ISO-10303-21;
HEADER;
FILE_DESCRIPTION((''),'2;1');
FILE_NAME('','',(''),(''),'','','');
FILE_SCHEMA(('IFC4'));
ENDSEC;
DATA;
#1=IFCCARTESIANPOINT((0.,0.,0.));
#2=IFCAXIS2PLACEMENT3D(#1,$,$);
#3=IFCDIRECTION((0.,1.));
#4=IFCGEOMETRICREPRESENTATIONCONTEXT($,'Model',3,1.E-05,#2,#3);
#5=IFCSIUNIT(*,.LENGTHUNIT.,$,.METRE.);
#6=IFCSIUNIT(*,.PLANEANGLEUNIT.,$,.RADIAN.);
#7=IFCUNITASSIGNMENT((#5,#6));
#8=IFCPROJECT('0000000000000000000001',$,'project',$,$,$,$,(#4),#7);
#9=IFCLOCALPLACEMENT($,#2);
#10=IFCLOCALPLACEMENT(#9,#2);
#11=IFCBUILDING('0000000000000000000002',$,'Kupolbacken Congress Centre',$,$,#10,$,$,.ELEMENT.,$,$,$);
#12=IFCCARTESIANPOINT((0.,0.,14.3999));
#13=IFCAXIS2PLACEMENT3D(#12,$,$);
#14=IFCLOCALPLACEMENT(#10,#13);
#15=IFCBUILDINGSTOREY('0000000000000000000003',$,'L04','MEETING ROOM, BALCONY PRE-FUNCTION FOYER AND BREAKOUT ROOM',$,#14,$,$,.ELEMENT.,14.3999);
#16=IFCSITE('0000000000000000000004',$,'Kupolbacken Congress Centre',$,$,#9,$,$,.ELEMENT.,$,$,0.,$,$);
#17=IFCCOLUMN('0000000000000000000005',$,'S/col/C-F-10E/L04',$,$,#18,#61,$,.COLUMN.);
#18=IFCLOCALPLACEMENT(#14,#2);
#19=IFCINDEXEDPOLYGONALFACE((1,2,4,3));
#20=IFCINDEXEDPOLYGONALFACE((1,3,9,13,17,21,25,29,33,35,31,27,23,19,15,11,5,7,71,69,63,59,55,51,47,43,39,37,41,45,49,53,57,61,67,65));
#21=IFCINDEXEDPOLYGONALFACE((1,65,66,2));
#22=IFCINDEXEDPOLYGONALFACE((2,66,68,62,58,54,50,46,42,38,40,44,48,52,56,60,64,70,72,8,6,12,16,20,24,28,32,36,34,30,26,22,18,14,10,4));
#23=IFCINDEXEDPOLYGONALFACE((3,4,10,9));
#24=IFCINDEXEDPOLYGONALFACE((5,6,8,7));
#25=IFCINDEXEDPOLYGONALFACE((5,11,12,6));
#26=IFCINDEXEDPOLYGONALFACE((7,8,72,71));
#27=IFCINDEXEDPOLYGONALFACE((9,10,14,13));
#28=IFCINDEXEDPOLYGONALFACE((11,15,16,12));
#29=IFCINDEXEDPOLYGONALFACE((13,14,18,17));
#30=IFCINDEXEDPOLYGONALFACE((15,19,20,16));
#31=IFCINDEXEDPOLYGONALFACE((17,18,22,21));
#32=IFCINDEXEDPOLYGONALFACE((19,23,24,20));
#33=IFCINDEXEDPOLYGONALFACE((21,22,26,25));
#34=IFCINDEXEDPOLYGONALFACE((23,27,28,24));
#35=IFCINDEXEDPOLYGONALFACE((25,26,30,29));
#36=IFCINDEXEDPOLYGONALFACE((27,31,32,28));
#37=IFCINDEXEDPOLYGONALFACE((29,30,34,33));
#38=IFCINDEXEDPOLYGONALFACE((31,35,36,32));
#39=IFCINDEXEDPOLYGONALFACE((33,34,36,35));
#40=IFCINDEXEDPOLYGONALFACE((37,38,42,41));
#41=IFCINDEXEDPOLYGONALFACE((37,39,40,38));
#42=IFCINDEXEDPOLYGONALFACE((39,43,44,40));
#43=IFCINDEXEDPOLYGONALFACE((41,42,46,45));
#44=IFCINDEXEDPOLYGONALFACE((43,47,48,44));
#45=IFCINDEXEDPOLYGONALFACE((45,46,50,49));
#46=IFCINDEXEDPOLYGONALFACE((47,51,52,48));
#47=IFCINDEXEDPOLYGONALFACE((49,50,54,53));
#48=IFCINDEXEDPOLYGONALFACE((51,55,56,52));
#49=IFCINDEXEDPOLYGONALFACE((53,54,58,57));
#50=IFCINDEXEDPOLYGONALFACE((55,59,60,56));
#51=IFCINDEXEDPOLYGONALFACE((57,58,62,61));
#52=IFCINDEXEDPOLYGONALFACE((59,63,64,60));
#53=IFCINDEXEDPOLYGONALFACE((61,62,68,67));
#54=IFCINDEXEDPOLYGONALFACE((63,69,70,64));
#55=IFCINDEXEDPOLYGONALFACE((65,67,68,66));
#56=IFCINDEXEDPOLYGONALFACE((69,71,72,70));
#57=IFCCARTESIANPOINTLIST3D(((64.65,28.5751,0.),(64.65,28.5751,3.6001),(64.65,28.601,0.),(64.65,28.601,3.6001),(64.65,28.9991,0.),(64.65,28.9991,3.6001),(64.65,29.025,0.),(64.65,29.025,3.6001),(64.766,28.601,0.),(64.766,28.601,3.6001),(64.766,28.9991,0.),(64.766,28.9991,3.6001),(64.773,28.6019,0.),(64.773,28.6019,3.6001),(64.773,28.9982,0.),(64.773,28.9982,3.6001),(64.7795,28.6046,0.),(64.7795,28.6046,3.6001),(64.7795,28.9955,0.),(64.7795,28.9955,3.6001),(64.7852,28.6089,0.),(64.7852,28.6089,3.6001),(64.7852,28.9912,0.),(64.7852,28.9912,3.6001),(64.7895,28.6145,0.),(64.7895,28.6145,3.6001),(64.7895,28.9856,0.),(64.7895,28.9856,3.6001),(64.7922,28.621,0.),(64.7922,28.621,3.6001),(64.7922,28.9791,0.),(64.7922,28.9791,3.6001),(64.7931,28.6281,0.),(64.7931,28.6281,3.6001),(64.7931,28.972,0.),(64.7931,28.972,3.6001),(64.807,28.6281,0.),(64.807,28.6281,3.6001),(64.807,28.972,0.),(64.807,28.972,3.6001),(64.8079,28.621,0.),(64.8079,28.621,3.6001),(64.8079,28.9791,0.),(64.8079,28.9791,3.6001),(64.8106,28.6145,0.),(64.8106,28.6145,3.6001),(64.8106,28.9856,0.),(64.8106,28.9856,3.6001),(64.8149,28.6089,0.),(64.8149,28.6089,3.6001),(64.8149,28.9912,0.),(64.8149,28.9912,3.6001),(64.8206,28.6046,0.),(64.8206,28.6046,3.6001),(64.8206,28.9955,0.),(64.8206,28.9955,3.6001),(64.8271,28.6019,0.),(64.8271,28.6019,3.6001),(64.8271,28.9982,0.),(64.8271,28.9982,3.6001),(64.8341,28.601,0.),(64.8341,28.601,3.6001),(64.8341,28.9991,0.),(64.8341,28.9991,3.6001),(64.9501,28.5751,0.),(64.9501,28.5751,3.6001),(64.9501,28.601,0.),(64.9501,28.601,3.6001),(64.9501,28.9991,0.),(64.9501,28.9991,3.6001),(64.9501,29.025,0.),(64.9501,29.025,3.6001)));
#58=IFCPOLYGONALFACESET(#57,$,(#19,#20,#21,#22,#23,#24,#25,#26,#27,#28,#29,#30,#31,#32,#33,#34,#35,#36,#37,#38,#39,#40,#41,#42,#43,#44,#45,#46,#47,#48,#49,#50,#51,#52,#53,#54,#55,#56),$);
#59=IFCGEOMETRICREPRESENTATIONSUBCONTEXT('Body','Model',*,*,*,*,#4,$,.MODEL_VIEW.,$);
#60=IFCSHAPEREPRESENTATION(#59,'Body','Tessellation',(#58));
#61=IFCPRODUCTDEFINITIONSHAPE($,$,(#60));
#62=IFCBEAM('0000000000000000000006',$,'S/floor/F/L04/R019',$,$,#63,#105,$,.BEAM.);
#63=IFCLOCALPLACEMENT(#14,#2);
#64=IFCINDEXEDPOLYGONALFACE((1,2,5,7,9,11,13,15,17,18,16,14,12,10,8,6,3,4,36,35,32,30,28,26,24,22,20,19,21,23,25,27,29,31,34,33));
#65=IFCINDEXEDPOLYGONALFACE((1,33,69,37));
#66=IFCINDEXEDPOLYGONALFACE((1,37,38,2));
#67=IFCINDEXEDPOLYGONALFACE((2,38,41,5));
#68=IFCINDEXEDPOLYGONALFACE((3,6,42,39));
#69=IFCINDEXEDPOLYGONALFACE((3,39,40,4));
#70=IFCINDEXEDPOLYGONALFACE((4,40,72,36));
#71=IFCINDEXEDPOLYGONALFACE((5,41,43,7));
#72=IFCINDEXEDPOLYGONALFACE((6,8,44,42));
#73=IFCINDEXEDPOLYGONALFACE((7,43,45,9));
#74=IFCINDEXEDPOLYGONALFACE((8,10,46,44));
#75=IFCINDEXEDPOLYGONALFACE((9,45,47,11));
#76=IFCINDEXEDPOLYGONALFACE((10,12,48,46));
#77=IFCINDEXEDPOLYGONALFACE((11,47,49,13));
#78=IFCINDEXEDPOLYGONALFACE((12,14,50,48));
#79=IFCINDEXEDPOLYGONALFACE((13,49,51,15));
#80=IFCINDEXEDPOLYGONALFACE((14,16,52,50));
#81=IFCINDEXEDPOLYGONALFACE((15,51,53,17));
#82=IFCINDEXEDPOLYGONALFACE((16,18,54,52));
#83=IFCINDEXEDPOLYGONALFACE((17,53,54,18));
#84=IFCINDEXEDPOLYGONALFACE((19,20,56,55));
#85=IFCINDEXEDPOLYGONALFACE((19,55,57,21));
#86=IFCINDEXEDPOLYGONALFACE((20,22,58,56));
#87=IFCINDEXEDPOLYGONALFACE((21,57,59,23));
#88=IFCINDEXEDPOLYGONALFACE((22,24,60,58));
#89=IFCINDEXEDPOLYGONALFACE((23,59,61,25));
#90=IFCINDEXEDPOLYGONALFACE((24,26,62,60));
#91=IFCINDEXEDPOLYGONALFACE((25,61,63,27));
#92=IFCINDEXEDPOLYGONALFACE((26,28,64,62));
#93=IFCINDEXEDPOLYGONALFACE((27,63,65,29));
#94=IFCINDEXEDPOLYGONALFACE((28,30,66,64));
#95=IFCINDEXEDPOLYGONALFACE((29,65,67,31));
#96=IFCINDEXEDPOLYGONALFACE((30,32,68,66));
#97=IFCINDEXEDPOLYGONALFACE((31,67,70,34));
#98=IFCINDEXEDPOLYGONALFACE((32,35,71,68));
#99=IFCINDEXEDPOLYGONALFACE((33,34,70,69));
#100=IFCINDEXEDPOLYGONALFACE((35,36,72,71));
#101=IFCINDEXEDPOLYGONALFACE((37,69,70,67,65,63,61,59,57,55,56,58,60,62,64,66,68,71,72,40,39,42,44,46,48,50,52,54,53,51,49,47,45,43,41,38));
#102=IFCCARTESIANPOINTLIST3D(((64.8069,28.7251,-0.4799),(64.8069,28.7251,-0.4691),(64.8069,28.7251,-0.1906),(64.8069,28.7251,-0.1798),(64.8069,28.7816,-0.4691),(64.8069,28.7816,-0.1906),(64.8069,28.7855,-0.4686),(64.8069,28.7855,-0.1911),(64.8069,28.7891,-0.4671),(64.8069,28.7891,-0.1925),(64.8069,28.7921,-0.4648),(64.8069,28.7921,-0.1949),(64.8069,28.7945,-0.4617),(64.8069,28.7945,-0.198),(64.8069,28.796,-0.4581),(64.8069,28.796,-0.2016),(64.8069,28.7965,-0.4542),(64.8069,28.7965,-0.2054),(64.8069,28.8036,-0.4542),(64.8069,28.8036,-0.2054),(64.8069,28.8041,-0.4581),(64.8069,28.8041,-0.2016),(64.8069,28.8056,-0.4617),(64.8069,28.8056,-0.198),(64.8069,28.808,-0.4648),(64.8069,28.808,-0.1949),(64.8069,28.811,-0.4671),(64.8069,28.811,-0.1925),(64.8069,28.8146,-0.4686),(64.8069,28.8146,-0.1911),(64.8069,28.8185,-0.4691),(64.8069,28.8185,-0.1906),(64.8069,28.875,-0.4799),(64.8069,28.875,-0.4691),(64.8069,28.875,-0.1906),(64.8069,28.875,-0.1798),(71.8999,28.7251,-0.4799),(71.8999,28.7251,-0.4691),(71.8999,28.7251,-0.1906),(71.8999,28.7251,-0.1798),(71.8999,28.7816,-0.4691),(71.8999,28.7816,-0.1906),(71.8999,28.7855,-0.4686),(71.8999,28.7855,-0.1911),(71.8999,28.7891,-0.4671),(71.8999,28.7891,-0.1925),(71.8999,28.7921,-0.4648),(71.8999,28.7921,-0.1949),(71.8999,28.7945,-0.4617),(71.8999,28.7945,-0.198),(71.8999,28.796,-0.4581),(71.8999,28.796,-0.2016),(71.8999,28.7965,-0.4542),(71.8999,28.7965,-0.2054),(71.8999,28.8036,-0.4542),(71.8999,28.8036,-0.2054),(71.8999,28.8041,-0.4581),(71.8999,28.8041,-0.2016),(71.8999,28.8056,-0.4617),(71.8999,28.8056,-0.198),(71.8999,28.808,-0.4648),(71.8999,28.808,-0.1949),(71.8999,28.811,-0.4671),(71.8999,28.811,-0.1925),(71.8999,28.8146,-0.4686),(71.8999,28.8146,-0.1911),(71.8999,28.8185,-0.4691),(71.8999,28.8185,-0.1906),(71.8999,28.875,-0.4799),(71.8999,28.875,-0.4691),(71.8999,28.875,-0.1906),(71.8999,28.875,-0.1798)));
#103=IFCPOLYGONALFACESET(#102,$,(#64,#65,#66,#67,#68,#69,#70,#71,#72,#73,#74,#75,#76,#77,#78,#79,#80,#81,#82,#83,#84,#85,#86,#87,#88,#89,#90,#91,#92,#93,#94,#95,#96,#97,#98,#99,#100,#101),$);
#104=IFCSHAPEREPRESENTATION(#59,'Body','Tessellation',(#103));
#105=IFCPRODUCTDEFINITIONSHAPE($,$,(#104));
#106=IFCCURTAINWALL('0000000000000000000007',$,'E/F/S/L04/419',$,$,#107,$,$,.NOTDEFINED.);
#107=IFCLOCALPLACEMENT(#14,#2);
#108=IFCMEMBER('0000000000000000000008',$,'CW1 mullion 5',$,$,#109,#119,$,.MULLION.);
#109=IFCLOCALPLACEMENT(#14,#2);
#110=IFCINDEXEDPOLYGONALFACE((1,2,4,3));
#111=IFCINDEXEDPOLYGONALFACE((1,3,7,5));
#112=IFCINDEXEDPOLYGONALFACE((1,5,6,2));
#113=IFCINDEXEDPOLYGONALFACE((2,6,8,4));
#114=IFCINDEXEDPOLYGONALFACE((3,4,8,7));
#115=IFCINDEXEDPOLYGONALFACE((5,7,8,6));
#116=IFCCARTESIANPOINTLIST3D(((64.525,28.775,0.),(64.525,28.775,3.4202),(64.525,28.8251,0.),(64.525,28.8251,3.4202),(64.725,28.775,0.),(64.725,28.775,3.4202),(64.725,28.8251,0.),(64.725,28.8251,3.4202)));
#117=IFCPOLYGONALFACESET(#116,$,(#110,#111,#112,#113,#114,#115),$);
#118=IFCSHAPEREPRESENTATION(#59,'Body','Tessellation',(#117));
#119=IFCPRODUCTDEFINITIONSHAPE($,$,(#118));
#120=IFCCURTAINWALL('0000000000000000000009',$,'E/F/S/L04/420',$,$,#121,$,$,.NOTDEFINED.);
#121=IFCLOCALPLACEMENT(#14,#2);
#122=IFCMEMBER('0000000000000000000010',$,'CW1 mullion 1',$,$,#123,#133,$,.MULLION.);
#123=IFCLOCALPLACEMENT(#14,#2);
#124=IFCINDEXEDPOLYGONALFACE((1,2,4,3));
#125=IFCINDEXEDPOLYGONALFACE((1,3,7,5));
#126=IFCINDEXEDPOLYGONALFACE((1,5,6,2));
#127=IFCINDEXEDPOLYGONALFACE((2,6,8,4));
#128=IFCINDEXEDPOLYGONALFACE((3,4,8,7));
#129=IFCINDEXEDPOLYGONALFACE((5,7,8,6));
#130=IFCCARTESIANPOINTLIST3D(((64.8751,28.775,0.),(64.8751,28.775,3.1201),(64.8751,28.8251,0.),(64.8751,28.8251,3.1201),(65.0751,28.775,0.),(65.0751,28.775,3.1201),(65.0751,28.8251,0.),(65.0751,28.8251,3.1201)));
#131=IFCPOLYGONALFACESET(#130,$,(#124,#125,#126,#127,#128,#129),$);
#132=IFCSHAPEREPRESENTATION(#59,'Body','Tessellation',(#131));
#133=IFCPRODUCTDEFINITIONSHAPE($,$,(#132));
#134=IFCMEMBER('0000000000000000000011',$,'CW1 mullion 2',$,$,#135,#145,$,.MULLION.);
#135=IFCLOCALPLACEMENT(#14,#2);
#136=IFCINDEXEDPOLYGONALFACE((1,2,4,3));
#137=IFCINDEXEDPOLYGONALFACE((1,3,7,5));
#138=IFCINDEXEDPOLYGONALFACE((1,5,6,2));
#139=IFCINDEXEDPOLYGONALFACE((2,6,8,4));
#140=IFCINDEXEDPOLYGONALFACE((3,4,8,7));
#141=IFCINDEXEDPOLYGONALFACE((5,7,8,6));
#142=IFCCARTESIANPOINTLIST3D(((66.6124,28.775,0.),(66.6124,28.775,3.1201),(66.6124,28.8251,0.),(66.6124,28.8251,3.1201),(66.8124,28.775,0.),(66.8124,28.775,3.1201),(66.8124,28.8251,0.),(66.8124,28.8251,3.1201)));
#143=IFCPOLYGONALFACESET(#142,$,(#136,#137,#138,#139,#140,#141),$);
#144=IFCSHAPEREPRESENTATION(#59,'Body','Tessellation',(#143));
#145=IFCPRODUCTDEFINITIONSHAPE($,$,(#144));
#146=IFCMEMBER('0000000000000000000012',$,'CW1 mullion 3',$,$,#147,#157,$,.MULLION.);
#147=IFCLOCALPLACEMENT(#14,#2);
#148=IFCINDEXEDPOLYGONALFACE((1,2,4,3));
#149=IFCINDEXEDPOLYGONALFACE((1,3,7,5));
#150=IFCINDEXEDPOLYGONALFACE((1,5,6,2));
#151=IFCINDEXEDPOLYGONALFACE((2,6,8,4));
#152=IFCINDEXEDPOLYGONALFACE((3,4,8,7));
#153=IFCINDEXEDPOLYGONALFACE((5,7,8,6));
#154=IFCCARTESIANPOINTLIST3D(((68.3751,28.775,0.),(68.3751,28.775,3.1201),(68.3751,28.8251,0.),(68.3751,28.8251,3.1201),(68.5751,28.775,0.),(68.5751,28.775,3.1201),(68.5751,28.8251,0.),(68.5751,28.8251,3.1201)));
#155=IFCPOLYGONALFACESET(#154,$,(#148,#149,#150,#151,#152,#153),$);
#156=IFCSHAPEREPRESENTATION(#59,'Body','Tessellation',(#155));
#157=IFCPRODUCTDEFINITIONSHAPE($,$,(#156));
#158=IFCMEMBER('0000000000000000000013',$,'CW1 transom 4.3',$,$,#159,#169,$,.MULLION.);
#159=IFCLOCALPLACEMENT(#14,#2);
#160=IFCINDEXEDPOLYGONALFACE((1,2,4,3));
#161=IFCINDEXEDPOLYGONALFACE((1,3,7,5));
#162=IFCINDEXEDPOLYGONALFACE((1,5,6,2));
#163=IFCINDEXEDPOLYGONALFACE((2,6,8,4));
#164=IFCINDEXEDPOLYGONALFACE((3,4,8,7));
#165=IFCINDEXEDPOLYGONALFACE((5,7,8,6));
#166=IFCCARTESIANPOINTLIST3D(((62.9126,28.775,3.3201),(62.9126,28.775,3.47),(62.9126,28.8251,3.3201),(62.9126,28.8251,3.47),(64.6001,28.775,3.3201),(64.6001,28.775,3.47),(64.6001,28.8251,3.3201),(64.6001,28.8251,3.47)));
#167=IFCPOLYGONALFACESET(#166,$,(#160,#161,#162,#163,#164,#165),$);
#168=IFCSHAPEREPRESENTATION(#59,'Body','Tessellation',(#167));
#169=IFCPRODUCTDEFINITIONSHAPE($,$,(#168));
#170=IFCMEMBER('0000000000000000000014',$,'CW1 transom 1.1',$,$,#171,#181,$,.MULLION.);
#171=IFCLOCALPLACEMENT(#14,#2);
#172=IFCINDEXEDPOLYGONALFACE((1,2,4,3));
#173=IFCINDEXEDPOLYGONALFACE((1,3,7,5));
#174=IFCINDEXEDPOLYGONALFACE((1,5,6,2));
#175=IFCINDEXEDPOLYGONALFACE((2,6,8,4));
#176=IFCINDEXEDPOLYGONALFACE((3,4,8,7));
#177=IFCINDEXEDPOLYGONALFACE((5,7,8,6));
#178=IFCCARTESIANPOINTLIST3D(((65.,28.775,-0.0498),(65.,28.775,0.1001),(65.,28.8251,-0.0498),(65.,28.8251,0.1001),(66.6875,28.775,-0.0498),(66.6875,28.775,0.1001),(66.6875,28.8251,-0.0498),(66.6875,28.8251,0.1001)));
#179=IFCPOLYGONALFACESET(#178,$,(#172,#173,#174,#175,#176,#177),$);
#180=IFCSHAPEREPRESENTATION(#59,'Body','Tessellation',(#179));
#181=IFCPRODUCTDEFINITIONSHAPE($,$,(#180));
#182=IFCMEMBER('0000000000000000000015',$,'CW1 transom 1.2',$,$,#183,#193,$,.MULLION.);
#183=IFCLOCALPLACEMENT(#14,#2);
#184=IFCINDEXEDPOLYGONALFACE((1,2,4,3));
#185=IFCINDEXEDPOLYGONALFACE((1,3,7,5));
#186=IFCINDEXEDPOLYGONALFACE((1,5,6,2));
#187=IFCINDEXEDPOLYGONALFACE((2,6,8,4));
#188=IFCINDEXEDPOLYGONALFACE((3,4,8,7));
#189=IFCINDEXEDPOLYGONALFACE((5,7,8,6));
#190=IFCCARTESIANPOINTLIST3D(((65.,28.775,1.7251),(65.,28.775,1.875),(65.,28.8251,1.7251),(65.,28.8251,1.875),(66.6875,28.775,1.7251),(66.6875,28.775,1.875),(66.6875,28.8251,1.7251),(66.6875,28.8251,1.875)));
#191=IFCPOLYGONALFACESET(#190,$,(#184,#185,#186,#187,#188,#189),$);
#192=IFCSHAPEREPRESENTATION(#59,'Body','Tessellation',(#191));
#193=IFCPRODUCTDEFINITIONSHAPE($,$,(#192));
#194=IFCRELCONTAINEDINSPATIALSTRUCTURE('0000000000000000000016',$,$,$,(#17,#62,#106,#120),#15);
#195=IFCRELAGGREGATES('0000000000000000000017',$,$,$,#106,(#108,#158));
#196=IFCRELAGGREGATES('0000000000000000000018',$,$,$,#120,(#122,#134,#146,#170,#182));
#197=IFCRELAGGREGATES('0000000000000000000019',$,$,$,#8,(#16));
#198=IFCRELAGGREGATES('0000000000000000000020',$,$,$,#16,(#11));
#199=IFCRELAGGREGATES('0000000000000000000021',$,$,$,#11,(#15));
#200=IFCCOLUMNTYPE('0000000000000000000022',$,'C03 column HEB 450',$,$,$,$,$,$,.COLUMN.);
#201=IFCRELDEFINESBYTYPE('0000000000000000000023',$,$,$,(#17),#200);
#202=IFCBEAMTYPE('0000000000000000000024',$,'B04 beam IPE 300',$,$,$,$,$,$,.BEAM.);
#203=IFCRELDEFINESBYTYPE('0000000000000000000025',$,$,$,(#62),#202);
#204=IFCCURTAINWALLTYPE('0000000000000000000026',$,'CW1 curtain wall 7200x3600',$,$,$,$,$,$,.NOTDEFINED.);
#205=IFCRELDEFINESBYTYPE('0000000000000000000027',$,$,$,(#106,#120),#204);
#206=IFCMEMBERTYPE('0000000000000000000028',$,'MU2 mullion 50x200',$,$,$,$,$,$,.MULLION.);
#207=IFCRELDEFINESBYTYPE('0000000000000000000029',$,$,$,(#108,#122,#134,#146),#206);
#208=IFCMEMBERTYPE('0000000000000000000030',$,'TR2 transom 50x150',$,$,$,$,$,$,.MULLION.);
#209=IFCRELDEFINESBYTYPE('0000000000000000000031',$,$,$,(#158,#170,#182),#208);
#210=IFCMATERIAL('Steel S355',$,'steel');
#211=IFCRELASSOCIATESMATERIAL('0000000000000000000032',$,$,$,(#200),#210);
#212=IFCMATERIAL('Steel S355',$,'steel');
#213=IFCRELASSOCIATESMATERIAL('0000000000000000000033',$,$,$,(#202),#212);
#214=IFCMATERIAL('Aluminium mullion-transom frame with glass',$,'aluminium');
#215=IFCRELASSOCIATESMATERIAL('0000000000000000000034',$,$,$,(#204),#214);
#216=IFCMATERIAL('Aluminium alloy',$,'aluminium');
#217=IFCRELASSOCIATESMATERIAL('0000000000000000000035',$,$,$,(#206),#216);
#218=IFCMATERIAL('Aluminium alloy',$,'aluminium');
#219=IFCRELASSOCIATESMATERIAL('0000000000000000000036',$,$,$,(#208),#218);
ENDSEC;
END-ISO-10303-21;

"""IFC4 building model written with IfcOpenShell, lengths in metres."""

from ifc_helpers import new_model, si_unit, direction, frame, origin, origin_2d, place, context, subcontext, project, spatial, rectangle, i_section, extrude, material, material_profile, profile_set, type_object, element, aggregate, save


model = new_model("IFC4")

# Units and contexts
model_context = context("Model", 3, precision=1e-05, world=origin(), true_north=direction((0.0, 1.0)))
body_context = subcontext(model_context, "Body", "Model", "MODEL_VIEW")
ifc_project = project(units=[si_unit("LENGTHUNIT", "METRE"), si_unit("PLANEANGLEUNIT", "RADIAN")], contexts=[model_context])

# Site, building, storey
site_placement = place(None, origin())
site = spatial("IfcSite", under=ifc_project, at=site_placement, Name="Kupolbacken Congress Centre", CompositionType="ELEMENT", RefElevation=0.0)
building_placement = place(site_placement, origin())
building = spatial("IfcBuilding", under=site, at=building_placement, Name="Kupolbacken Congress Centre", CompositionType="ELEMENT")
storey_placement = place(building_placement, frame((0.0, 0.0, 14.3999)))
storey = spatial("IfcBuildingStorey", under=building, at=storey_placement, Name="L04", Description="MEETING ROOM, BALCONY PRE-FUNCTION FOYER AND BREAKOUT ROOM", CompositionType="ELEMENT", Elevation=14.3999)

# Column
ifc_material_1 = material(Name="Steel S355", Category="steel")
ifc_material_profile_1 = material_profile(ifc_material_1, i_section(OverallWidth=0.3, OverallDepth=0.45, WebThickness=0.0139, FlangeThickness=0.0259, FilletRadius=0.0271, at=origin_2d()), Name="HEB 450")
ifc_profile_set_1 = profile_set([ifc_material_profile_1], Name="Steel S355")
column_type = type_object("IfcColumnType", Name="C03 column HEB 450", PredefinedType="COLUMN", material=ifc_profile_set_1)
column_placement = place(storey_placement, frame((64.8, 28.8, 0.0), z_axis=(0.0, 0.0, 1.0), x_axis=(1.0, 0.0, 0.0)))
element("IfcColumn", 1, at=column_placement, inside=storey, type_object=column_type, Name="S/col/C-F-10E/L04", PredefinedType="COLUMN", context=body_context, shape_type="SweptSolid", body=[
    extrude(i_section(OverallWidth=0.3, OverallDepth=0.45, WebThickness=0.0139, FlangeThickness=0.0259, FilletRadius=0.0271, at=origin_2d()), origin(), (0.0, 0.0, 1.0), 3.6001),
])

# Beam
ifc_material_2 = material(Name="Steel S355", Category="steel")
ifc_material_profile_2 = material_profile(ifc_material_2, i_section(OverallWidth=0.1499, OverallDepth=0.3, WebThickness=0.0071, FlangeThickness=0.0107, FilletRadius=0.0149, at=origin_2d()), Name="IPE 300")
ifc_profile_set_2 = profile_set([ifc_material_profile_2], Name="Steel S355")
beam_type = type_object("IfcBeamType", Name="B04 beam IPE 300", PredefinedType="BEAM", material=ifc_profile_set_2)
beam_placement = place(storey_placement, frame((64.8069, 28.8, -0.3298), z_axis=(1.0, 0.0, 0.0), x_axis=(0.0, 1.0, 0.0)))
element("IfcBeam", 2, at=beam_placement, inside=storey, type_object=beam_type, Name="S/floor/F/L04/R019", PredefinedType="BEAM", context=body_context, shape_type="SweptSolid", body=[
    extrude(i_section(OverallWidth=0.1499, OverallDepth=0.3, WebThickness=0.0071, FlangeThickness=0.0107, FilletRadius=0.0149, at=origin_2d()), origin(), (0.0, 0.0, 1.0), 7.093),
])

# Curtain wall, member
ifc_material_3 = material(Name="Aluminium mullion-transom frame with glass", Category="aluminium")
curtain_wall_type = type_object("IfcCurtainWallType", Name="CW1 curtain wall 7200x3600", PredefinedType="NOTDEFINED", material=ifc_material_3)
curtain_wall_1_placement = place(storey_placement, origin())
curtain_wall_1 = element("IfcCurtainWall", 3, at=curtain_wall_1_placement, inside=storey, type_object=curtain_wall_type, Name="E/F/S/L04/419", PredefinedType="NOTDEFINED")
ifc_material_4 = material(Name="Aluminium alloy", Category="aluminium")
ifc_material_profile_3 = material_profile(ifc_material_4, rectangle(XDim=0.05, YDim=0.2, at=origin_2d()), Name="50 x 200")
ifc_profile_set_3 = profile_set([ifc_material_profile_3], Name="Aluminium alloy")
member_type_1 = type_object("IfcMemberType", Name="MU2 mullion 50x200", PredefinedType="MULLION", material=ifc_profile_set_3)
member_1_placement = place(storey_placement, frame((64.625, 28.8, 0.0), z_axis=(0.0, 0.0, 1.0), x_axis=(0.0, 1.0, 0.0)))
member_1 = element("IfcMember", 4, at=member_1_placement, type_object=member_type_1, Name="CW1 mullion 5", PredefinedType="MULLION", context=body_context, shape_type="SweptSolid", body=[
    extrude(rectangle(XDim=0.05, YDim=0.2, at=origin_2d()), origin(), (0.0, 0.0, 1.0), 3.4202),
])

# Curtain wall, members
curtain_wall_2_placement = place(storey_placement, origin())
curtain_wall_2 = element("IfcCurtainWall", 5, at=curtain_wall_2_placement, inside=storey, type_object=curtain_wall_type, Name="E/F/S/L04/420", PredefinedType="NOTDEFINED")
member_2_placement = place(storey_placement, frame((64.9751, 28.8, 0.0), z_axis=(0.0, 0.0, 1.0), x_axis=(0.0, 1.0, 0.0)))
member_2 = element("IfcMember", 6, at=member_2_placement, type_object=member_type_1, Name="CW1 mullion 1", PredefinedType="MULLION", context=body_context, shape_type="SweptSolid", body=[
    extrude(rectangle(XDim=0.05, YDim=0.2, at=origin_2d()), origin(), (0.0, 0.0, 1.0), 3.1201),
])
member_3_placement = place(storey_placement, frame((66.7124, 28.8, 0.0), z_axis=(0.0, 0.0, 1.0), x_axis=(0.0, 1.0, 0.0)))
member_3 = element("IfcMember", 7, at=member_3_placement, type_object=member_type_1, Name="CW1 mullion 2", PredefinedType="MULLION", context=body_context, shape_type="SweptSolid", body=[
    extrude(rectangle(XDim=0.05, YDim=0.2, at=origin_2d()), origin(), (0.0, 0.0, 1.0), 3.1201),
])
member_4_placement = place(storey_placement, frame((68.4751, 28.8, 0.0), z_axis=(0.0, 0.0, 1.0), x_axis=(0.0, 1.0, 0.0)))
member_4 = element("IfcMember", 8, at=member_4_placement, type_object=member_type_1, Name="CW1 mullion 3", PredefinedType="MULLION", context=body_context, shape_type="SweptSolid", body=[
    extrude(rectangle(XDim=0.05, YDim=0.2, at=origin_2d()), origin(), (0.0, 0.0, 1.0), 3.1201),
])

# Members
ifc_material_5 = material(Name="Aluminium alloy", Category="aluminium")
ifc_material_profile_4 = material_profile(ifc_material_5, rectangle(XDim=0.05, YDim=0.1499, at=origin_2d()), Name="50 x 150")
ifc_profile_set_4 = profile_set([ifc_material_profile_4], Name="Aluminium alloy")
member_type_2 = type_object("IfcMemberType", Name="TR2 transom 50x150", PredefinedType="MULLION", material=ifc_profile_set_4)
member_5_placement = place(storey_placement, frame((62.9126, 28.8, 3.395), z_axis=(1.0, 0.0, 0.0), x_axis=(0.0, 1.0, 0.0)))
member_5 = element("IfcMember", 9, at=member_5_placement, type_object=member_type_2, Name="CW1 transom 4.3", PredefinedType="MULLION", context=body_context, shape_type="SweptSolid", body=[
    extrude(rectangle(XDim=0.05, YDim=0.1499, at=origin_2d()), origin(), (0.0, 0.0, 1.0), 1.6875),
])
member_6_placement = place(storey_placement, frame((65.0, 28.8, 0.0251), z_axis=(1.0, 0.0, 0.0), x_axis=(0.0, 1.0, 0.0)))
member_6 = element("IfcMember", 10, at=member_6_placement, type_object=member_type_2, Name="CW1 transom 1.1", PredefinedType="MULLION", context=body_context, shape_type="SweptSolid", body=[
    extrude(rectangle(XDim=0.05, YDim=0.1499, at=origin_2d()), origin(), (0.0, 0.0, 1.0), 1.6875),
])
member_7_placement = place(storey_placement, frame((65.0, 28.8, 1.8), z_axis=(1.0, 0.0, 0.0), x_axis=(0.0, 1.0, 0.0)))
member_7 = element("IfcMember", 11, at=member_7_placement, type_object=member_type_2, Name="CW1 transom 1.2", PredefinedType="MULLION", context=body_context, shape_type="SweptSolid", body=[
    extrude(rectangle(XDim=0.05, YDim=0.1499, at=origin_2d()), origin(), (0.0, 0.0, 1.0), 1.6875),
])

aggregate(curtain_wall_1, [member_1, member_5])
aggregate(curtain_wall_2, [member_2, member_3, member_4, member_6, member_7])

save(model, "model.ifc")
